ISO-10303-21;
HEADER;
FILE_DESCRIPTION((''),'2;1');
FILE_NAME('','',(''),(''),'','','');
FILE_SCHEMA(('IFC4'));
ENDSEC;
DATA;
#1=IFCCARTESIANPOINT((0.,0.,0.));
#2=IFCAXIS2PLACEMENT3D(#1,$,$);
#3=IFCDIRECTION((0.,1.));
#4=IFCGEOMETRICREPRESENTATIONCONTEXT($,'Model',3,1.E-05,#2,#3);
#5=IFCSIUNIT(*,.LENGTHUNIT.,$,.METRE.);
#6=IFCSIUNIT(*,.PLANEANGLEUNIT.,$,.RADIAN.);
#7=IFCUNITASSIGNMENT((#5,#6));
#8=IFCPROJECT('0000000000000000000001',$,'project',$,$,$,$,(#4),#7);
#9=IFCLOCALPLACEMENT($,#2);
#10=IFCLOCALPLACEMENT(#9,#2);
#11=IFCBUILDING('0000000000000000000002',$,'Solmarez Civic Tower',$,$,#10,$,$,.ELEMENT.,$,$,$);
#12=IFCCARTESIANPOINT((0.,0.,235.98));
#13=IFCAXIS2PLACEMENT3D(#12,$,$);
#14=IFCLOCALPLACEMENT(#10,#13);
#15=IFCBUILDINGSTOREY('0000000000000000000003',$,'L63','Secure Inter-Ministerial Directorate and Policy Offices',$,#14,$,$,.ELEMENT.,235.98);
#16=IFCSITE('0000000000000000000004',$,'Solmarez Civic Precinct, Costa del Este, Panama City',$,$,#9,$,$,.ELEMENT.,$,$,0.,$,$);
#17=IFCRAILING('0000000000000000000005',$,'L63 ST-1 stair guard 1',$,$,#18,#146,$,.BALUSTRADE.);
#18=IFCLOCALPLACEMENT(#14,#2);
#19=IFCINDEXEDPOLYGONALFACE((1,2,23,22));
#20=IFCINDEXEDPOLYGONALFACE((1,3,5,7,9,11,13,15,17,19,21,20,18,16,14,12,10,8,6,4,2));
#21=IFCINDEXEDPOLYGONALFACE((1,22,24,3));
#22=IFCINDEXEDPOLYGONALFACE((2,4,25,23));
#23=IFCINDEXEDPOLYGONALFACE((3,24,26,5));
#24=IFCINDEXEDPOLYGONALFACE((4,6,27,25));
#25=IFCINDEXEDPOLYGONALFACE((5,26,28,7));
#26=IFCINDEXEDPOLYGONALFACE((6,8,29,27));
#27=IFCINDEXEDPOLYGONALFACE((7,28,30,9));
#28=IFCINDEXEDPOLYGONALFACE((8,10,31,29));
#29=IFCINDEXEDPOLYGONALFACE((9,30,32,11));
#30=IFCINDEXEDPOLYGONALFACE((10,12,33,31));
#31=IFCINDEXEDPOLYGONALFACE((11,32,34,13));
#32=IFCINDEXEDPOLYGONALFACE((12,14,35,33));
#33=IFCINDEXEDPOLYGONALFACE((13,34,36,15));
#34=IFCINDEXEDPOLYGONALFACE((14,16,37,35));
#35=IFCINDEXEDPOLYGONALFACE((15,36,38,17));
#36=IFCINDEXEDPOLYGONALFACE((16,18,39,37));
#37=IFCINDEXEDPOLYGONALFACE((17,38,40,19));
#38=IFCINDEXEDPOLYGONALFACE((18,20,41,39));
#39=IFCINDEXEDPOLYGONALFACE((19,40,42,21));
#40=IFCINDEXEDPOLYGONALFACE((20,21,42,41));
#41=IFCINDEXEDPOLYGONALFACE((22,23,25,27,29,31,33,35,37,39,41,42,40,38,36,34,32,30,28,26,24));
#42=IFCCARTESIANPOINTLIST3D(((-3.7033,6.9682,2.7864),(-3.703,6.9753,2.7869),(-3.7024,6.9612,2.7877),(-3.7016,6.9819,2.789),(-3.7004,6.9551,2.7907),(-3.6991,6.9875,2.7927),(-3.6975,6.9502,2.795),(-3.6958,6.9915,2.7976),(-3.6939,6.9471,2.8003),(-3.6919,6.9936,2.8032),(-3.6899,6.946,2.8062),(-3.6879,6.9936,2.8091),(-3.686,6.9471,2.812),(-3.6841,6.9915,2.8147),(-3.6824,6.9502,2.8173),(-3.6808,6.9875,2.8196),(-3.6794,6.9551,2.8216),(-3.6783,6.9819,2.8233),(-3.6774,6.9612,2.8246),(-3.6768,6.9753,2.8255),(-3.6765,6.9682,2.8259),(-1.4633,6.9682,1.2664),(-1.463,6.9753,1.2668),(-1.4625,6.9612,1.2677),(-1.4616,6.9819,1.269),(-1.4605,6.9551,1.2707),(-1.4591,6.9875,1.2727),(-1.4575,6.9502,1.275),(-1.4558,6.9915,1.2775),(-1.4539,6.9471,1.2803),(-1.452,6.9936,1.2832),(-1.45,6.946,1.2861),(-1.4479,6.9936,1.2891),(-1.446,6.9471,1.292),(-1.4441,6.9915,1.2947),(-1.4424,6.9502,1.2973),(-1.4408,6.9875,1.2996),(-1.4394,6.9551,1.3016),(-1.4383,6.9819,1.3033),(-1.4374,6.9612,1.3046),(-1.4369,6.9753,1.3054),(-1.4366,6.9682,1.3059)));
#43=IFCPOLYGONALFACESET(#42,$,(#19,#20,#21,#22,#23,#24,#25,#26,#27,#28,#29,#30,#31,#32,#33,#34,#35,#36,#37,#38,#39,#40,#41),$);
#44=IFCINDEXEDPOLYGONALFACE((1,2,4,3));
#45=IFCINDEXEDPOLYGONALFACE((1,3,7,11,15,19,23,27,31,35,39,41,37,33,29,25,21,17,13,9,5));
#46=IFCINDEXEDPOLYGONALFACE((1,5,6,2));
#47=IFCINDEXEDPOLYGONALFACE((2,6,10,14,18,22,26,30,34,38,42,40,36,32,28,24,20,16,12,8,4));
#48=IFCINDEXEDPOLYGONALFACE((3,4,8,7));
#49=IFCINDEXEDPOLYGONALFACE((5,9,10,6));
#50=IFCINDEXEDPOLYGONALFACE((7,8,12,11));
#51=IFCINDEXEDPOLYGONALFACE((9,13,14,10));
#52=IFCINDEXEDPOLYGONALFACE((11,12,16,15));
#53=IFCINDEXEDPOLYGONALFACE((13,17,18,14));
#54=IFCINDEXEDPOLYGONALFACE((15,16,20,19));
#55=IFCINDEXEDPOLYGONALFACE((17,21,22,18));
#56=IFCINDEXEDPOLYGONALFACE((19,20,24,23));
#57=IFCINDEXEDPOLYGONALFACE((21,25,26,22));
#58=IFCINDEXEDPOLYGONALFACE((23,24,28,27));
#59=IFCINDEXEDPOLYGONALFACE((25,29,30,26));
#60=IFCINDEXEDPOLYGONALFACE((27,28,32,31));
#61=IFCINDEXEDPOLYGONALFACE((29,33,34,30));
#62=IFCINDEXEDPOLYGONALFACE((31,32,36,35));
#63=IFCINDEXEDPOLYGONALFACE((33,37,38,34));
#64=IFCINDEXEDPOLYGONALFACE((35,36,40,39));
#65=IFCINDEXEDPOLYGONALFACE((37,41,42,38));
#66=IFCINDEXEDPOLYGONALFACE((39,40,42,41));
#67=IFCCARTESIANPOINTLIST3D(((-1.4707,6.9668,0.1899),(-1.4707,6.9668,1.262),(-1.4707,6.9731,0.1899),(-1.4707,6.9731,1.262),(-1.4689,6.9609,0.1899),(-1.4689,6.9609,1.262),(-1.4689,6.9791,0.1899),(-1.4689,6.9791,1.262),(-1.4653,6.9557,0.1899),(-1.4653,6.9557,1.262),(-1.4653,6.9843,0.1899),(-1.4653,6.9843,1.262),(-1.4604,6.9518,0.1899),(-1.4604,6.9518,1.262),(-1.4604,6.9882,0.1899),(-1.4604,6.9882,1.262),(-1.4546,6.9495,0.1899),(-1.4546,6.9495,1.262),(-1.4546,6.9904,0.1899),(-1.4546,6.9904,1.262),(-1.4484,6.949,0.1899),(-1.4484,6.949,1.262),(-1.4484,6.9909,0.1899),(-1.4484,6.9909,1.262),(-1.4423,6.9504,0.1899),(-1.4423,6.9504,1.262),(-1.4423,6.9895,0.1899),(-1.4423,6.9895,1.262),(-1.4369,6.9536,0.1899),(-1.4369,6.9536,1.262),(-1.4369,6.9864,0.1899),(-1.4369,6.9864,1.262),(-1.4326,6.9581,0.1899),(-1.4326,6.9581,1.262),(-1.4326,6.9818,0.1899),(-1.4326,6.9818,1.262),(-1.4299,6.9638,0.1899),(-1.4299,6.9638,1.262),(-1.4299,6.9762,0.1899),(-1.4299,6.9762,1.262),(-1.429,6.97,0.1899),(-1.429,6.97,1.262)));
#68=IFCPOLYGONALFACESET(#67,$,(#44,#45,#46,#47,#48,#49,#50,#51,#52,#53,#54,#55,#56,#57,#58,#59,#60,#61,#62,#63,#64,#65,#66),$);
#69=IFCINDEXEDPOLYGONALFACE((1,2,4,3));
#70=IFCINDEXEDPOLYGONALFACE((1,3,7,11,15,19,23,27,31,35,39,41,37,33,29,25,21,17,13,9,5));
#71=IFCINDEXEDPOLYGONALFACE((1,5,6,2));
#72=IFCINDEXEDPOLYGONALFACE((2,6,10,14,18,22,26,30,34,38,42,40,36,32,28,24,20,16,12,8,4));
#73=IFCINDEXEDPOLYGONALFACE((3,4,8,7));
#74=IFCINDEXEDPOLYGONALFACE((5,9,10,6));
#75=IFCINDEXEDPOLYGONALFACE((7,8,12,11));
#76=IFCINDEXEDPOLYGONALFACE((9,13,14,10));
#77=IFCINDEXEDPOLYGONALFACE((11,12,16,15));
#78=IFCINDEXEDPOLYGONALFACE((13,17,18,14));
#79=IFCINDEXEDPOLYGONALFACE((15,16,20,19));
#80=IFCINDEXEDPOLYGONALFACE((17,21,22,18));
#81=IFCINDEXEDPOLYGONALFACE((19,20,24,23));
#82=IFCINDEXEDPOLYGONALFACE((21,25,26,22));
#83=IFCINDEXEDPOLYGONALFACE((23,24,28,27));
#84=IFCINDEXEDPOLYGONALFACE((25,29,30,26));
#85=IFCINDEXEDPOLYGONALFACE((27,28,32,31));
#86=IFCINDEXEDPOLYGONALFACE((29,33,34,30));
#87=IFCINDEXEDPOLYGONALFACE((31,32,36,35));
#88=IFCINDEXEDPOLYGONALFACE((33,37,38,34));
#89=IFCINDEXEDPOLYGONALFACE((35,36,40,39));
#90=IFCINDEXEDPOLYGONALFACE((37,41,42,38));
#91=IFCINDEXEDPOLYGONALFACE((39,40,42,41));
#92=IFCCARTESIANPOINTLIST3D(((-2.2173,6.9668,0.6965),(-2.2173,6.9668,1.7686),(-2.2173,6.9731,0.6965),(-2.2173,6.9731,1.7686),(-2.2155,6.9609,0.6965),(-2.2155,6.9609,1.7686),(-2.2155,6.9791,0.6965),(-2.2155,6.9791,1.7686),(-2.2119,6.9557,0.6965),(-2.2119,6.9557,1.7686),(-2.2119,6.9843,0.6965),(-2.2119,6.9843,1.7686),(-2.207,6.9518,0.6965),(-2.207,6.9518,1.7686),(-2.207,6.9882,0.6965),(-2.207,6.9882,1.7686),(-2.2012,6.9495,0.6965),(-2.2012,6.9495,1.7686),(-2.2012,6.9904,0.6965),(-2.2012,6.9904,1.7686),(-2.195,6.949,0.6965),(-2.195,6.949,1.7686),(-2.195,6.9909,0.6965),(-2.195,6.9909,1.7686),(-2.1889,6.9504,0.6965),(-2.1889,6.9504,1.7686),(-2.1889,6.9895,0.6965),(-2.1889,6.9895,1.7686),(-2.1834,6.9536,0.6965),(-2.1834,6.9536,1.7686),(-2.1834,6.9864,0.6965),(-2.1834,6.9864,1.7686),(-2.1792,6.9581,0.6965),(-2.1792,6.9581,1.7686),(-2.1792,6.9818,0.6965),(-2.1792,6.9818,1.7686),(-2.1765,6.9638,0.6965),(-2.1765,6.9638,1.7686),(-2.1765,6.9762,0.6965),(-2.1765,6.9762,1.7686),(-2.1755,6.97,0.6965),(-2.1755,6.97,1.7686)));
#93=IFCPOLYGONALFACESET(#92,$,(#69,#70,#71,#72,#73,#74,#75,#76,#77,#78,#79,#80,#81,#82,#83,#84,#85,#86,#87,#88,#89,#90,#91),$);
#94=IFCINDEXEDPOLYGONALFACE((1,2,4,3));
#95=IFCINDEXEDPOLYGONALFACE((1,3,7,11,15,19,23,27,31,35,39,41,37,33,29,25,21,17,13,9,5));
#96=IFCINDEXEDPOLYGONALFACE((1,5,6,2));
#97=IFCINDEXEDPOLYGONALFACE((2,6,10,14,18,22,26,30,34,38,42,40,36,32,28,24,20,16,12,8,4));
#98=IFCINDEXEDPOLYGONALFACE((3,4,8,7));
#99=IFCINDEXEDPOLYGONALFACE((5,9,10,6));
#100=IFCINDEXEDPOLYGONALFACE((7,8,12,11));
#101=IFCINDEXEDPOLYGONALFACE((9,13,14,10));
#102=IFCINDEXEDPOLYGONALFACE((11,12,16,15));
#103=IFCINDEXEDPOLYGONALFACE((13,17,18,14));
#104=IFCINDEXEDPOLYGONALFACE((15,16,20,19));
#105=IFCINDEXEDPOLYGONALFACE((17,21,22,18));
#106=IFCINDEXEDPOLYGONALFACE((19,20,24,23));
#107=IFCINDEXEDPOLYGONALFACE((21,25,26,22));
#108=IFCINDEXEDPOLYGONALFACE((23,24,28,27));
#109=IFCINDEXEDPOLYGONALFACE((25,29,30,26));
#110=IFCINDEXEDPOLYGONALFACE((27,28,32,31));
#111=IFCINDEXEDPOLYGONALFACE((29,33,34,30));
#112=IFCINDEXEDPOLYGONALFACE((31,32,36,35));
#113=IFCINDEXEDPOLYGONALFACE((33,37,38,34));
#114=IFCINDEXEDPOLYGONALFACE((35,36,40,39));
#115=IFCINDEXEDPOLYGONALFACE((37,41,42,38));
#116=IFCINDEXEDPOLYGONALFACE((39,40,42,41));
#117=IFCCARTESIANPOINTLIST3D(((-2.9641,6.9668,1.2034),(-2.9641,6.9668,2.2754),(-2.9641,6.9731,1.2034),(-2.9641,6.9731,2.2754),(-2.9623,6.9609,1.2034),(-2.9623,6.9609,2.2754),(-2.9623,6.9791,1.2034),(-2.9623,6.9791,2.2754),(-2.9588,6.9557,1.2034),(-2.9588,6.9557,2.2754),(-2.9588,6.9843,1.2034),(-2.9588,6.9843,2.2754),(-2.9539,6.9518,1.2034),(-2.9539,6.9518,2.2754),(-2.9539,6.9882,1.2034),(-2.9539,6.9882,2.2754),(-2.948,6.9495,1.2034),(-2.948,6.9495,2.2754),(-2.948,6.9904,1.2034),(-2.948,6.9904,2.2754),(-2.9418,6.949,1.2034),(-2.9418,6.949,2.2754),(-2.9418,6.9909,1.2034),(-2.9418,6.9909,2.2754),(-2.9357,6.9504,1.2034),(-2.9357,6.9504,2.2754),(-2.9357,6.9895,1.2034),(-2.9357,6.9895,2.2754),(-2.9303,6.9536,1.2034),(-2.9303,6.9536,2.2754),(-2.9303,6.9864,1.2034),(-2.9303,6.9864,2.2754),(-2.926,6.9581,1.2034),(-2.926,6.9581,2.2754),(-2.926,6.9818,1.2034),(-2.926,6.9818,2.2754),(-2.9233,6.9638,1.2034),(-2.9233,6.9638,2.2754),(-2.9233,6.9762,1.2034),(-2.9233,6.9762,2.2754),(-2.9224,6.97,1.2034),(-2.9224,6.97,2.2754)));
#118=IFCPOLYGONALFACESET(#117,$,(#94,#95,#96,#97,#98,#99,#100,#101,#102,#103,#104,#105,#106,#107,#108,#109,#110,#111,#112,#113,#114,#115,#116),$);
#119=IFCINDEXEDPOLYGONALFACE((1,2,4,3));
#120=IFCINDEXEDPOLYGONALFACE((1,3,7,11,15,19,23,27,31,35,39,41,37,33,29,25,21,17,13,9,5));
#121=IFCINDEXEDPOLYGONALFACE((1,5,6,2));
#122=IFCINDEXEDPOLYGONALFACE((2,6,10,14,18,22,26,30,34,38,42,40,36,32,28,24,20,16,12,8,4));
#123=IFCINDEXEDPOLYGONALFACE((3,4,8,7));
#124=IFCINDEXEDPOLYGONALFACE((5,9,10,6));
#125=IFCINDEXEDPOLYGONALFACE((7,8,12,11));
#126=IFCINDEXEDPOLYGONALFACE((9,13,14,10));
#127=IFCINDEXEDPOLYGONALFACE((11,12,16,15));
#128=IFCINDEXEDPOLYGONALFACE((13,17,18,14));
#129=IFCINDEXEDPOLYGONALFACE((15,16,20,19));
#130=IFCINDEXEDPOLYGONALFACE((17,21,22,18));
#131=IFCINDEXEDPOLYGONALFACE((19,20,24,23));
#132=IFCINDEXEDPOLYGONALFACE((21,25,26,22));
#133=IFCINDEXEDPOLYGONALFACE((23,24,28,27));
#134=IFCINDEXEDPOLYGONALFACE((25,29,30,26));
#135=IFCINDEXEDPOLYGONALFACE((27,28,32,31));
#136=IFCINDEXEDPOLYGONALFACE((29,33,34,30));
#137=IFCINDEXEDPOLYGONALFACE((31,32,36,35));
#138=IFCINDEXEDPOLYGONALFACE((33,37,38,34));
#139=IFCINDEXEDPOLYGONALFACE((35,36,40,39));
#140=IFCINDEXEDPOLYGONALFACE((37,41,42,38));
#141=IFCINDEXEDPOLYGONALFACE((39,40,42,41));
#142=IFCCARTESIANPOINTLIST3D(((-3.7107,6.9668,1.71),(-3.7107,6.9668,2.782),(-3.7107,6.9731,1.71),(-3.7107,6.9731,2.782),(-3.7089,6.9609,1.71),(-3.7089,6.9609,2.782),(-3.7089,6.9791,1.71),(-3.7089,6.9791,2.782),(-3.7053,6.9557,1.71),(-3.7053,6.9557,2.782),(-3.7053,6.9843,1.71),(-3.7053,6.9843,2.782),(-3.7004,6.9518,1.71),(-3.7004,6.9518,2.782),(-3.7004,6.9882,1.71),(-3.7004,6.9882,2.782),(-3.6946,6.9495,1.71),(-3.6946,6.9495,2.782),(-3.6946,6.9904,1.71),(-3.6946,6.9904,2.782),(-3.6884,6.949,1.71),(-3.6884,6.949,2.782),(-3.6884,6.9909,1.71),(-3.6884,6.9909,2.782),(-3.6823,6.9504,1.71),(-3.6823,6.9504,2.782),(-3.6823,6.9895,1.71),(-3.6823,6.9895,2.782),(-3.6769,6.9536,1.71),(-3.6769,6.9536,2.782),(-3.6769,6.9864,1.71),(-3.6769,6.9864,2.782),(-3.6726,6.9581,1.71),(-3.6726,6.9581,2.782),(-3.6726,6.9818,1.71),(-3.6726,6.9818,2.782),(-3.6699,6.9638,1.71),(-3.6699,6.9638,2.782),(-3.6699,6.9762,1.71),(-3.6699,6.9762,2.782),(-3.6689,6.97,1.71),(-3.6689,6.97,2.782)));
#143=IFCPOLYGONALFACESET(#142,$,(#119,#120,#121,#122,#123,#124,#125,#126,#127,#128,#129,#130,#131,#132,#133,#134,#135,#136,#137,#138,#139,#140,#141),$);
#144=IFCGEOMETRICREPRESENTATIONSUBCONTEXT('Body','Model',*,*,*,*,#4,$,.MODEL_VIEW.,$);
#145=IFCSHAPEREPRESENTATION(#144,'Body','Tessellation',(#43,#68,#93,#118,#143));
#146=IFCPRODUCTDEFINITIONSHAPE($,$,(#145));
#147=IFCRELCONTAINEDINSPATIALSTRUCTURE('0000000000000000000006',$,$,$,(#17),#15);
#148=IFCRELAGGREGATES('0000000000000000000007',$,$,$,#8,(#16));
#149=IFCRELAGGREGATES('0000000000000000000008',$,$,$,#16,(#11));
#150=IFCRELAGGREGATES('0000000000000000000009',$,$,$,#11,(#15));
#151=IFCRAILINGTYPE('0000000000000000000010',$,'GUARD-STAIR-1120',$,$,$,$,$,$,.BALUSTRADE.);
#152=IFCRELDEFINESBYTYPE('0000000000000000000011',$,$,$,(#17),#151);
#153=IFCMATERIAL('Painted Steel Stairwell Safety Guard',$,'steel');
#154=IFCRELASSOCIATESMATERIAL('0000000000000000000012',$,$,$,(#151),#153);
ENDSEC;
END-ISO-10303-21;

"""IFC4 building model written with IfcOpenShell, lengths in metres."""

from ifc_helpers import new_model, si_unit, direction, frame, origin, origin_2d, place, context, subcontext, project, spatial, circle, extrude, material, type_object, element, save


model = new_model("IFC4")

# Units and contexts
model_context = context("Model", 3, precision=1e-05, world=origin(), true_north=direction((0.0, 1.0)))
body_context = subcontext(model_context, "Body", "Model", "MODEL_VIEW")
ifc_project = project(units=[si_unit("LENGTHUNIT", "METRE"), si_unit("PLANEANGLEUNIT", "RADIAN")], contexts=[model_context])

# Site, building, storey
site_placement = place(None, origin())
site = spatial("IfcSite", under=ifc_project, at=site_placement, Name="Solmarez Civic Precinct, Costa del Este, Panama City", CompositionType="ELEMENT", RefElevation=0.0)
building_placement = place(site_placement, origin())
building = spatial("IfcBuilding", under=site, at=building_placement, Name="Solmarez Civic Tower", CompositionType="ELEMENT")
storey_placement = place(building_placement, frame((0.0, 0.0, 235.98)))
storey = spatial("IfcBuildingStorey", under=building, at=storey_placement, Name="L63", Description="Secure Inter-Ministerial Directorate and Policy Offices", CompositionType="ELEMENT", Elevation=235.98)

# Railing
ifc_material_1 = material(Name="Painted Steel Stairwell Safety Guard", Category="steel")
railing_type_1 = type_object("IfcRailingType", Name="GUARD-STAIR-1120", PredefinedType="BALUSTRADE", material=ifc_material_1)
railing_1_placement = place(storey_placement, frame((-1.45, 6.97, 0.1899)))
element("IfcRailing", 1, at=railing_1_placement, inside=storey, type_object=railing_type_1, Name="L63 ST-1 stair guard 1", PredefinedType="BALUSTRADE", context=body_context, shape_type="SweptSolid", body=[
    extrude(circle(Radius=0.0239, at=origin_2d()), frame((0.0, 0.0, 1.0962), z_axis=(-0.827471, 0.0, 0.561508), x_axis=(0.0, -1.0, 0.0)), (0.0, 0.0, 1.0), 2.707),
    extrude(circle(Radius=0.021, at=origin_2d()), origin(), (0.0, 0.0, 1.0), 1.072),
    extrude(circle(Radius=0.021, at=origin_2d()), frame((-0.7466, 0.0, 0.5066)), (0.0, 0.0, 1.0), 1.072),
    extrude(circle(Radius=0.021, at=origin_2d()), frame((-1.4934, 0.0, 1.0134)), (0.0, 0.0, 1.0), 1.072),
    extrude(circle(Radius=0.021, at=origin_2d()), frame((-2.24, 0.0, 1.52)), (0.0, 0.0, 1.0), 1.072),
])

save(model, "model.ifc")
